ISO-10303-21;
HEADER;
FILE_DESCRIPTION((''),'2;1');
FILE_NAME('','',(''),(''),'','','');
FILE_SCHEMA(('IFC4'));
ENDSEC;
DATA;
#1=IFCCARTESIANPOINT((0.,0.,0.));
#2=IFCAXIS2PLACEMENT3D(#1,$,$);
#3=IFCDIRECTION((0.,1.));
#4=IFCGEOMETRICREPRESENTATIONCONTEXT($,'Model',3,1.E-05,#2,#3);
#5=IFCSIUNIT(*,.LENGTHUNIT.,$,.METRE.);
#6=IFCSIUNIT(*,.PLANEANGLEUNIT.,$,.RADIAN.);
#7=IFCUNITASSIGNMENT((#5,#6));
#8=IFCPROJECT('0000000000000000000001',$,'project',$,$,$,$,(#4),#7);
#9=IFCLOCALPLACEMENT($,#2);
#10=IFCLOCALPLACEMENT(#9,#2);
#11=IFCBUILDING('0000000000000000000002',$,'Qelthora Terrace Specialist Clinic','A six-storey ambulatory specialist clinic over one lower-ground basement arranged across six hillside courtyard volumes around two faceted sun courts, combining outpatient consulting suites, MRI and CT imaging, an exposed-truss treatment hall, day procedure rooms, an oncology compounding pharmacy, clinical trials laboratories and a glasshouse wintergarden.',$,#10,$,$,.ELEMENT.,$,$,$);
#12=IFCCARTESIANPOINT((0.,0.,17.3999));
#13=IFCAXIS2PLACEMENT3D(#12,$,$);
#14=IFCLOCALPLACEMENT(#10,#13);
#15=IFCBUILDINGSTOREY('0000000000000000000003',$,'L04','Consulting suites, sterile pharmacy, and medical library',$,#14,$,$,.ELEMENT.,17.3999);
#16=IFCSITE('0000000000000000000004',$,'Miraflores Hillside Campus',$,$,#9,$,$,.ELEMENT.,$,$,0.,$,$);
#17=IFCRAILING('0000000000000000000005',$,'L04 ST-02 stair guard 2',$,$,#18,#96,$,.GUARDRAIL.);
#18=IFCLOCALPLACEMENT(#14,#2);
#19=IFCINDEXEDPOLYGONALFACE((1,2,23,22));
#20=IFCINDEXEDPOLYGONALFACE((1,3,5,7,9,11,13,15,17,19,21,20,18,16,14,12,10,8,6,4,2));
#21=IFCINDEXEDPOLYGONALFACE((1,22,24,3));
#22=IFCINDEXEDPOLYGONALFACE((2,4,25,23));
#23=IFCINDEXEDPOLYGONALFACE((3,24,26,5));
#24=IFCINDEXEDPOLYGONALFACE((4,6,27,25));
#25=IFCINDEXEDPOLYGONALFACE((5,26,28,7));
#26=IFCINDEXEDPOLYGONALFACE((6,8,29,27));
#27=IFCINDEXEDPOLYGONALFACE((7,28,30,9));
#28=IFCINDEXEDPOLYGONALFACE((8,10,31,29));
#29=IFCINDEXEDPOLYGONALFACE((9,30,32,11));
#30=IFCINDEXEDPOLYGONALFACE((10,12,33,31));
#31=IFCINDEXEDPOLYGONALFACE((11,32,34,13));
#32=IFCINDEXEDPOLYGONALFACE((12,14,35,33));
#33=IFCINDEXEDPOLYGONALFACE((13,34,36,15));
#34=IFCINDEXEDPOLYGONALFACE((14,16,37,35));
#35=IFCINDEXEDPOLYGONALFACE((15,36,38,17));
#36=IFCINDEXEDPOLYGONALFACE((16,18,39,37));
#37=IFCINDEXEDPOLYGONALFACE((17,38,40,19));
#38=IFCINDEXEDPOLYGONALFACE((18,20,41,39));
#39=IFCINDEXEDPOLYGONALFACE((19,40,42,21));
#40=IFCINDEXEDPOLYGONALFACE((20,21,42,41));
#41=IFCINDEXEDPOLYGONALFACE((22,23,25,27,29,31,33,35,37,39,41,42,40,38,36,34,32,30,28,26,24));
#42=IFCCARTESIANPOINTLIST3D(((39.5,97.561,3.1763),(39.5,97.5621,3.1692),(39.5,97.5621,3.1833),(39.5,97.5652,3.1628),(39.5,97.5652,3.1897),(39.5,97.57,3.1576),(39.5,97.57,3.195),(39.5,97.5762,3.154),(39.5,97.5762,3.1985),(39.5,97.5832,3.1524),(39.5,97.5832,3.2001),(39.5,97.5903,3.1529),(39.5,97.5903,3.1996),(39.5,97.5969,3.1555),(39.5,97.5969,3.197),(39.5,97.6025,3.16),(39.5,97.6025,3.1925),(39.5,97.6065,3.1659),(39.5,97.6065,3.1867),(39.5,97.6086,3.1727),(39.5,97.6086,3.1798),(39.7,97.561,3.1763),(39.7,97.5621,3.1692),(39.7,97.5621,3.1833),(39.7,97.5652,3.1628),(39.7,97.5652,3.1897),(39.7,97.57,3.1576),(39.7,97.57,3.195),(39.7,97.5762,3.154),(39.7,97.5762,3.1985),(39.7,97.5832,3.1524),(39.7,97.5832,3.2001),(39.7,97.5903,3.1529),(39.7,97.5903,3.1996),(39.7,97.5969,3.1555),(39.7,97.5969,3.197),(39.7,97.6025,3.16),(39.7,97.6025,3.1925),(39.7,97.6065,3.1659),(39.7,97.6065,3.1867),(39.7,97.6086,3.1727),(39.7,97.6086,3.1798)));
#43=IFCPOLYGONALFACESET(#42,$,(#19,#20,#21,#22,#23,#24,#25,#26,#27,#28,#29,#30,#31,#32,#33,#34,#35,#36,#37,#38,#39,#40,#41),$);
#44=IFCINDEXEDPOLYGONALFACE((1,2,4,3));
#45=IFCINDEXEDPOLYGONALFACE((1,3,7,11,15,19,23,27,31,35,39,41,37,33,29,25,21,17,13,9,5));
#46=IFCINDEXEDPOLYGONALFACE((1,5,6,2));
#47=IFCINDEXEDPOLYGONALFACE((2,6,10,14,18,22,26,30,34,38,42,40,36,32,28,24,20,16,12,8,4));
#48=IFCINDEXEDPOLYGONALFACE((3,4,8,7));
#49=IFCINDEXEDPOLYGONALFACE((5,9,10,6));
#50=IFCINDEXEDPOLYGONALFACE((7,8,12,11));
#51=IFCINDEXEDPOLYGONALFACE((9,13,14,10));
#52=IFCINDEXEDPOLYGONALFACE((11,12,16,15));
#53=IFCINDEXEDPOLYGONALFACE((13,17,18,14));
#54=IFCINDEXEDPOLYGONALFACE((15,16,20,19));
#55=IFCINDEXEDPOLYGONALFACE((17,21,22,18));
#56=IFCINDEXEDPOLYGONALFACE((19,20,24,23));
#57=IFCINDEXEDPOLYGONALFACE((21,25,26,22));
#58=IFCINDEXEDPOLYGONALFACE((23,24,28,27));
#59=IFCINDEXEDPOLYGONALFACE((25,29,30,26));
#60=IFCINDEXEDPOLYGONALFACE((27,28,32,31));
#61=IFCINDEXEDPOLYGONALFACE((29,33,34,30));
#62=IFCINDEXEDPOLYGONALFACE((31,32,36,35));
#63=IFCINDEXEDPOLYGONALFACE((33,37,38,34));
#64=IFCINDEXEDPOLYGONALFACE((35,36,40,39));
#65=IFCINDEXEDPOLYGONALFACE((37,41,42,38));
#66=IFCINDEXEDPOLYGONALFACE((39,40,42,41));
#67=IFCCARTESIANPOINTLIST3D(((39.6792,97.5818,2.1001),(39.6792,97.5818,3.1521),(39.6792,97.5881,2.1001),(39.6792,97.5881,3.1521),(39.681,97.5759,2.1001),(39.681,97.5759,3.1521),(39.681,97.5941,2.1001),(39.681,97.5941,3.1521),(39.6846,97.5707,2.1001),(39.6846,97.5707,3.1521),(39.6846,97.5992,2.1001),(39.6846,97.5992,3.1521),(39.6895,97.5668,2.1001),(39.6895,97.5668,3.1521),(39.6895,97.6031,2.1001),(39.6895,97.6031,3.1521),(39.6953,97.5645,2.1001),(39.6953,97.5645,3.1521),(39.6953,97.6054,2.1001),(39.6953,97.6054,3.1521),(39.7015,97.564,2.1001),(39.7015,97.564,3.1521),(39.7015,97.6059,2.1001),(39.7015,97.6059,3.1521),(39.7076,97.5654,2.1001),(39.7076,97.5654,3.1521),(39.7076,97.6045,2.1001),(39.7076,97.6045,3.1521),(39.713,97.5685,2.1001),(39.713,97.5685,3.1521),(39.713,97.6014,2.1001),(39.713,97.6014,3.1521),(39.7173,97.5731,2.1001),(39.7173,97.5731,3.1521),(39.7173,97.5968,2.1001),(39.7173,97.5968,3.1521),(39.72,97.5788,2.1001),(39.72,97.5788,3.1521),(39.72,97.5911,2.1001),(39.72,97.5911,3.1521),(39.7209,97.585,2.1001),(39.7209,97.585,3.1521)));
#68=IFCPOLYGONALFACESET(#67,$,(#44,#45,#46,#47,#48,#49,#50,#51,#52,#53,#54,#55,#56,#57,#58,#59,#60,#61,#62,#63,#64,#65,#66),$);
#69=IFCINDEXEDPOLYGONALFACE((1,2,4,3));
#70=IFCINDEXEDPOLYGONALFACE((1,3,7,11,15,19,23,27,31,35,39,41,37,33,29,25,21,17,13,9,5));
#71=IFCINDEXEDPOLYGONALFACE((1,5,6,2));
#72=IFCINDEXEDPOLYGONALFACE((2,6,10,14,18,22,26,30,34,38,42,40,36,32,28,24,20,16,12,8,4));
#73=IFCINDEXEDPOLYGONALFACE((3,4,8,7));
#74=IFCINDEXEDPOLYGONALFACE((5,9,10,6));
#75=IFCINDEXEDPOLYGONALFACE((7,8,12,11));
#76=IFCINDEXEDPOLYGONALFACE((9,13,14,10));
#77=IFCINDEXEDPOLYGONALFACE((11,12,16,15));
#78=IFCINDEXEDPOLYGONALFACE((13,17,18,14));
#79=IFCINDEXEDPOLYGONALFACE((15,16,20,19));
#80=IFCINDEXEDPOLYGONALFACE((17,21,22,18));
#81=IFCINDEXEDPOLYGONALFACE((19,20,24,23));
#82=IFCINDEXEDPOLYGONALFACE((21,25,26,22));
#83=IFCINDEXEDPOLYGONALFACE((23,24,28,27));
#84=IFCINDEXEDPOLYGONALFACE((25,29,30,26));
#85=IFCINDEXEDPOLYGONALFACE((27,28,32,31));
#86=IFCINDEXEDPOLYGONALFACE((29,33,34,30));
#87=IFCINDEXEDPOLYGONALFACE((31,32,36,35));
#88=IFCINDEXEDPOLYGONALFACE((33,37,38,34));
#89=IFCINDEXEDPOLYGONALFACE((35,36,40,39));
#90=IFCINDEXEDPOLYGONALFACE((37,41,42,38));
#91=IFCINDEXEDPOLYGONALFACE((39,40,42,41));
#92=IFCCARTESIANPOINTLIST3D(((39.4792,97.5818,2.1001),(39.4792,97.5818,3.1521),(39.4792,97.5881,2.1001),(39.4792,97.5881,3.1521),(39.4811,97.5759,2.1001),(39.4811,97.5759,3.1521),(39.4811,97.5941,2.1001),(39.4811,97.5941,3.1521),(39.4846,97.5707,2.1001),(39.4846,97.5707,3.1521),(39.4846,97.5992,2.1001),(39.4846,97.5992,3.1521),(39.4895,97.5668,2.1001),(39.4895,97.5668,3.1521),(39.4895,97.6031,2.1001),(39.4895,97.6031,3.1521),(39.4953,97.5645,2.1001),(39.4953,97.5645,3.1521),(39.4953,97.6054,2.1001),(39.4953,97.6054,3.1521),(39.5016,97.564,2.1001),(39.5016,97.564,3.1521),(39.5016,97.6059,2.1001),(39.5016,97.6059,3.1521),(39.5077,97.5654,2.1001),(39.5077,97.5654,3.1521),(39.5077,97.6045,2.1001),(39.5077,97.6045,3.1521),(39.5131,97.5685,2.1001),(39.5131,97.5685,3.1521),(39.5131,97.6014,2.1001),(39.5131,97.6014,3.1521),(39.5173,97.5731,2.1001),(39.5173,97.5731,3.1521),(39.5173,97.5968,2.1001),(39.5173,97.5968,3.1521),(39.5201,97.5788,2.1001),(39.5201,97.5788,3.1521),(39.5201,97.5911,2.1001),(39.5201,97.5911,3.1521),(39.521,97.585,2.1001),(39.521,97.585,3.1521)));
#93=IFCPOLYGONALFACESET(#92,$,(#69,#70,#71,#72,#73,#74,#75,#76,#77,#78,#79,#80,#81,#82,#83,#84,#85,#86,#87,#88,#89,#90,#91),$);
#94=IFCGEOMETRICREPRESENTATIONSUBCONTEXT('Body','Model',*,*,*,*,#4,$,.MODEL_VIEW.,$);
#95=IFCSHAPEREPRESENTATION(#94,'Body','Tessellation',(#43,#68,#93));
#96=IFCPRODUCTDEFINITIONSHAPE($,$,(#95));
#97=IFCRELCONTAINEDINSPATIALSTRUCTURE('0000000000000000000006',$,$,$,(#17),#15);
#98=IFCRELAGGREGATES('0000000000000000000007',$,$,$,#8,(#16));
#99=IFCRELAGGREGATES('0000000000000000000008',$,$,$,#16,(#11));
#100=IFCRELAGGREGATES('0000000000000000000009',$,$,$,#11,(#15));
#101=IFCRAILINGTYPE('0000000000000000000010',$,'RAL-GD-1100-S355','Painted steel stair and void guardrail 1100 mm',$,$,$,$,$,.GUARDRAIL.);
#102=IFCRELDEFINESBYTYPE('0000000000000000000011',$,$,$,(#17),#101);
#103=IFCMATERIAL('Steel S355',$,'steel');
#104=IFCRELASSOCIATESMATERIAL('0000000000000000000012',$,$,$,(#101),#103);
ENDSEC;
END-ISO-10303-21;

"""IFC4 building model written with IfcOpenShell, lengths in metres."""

from ifc_helpers import new_model, si_unit, direction, frame, origin, origin_2d, place, context, subcontext, project, spatial, circle, extrude, material, type_object, element, save


model = new_model("IFC4")

# Units and contexts
model_context = context("Model", 3, precision=1e-05, world=origin(), true_north=direction((0.0, 1.0)))
body_context = subcontext(model_context, "Body", "Model", "MODEL_VIEW")
ifc_project = project(units=[si_unit("LENGTHUNIT", "METRE"), si_unit("PLANEANGLEUNIT", "RADIAN")], contexts=[model_context])

# Site, building, storey
site_placement = place(None, origin())
site = spatial("IfcSite", under=ifc_project, at=site_placement, Name="Miraflores Hillside Campus", CompositionType="ELEMENT", RefElevation=0.0)
building_placement = place(site_placement, origin())
building = spatial("IfcBuilding", under=site, at=building_placement, Name="Qelthora Terrace Specialist Clinic", Description="A six-storey ambulatory specialist clinic over one lower-ground basement arranged across six hillside courtyard volumes around two faceted sun courts, combining outpatient consulting suites, MRI and CT imaging, an exposed-truss treatment hall, day procedure rooms, an oncology compounding pharmacy, clinical trials laboratories and a glasshouse wintergarden.", CompositionType="ELEMENT")
storey_placement = place(building_placement, frame((0.0, 0.0, 17.3999)))
storey = spatial("IfcBuildingStorey", under=building, at=storey_placement, Name="L04", Description="Consulting suites, sterile pharmacy, and medical library", CompositionType="ELEMENT", Elevation=17.3999)

# Shared definitions
ifc_material_1 = material(Name="Steel S355", Category="steel")

# Railing
railing_type = type_object("IfcRailingType", Name="RAL-GD-1100-S355", Description="Painted steel stair and void guardrail 1100 mm", PredefinedType="GUARDRAIL", material=ifc_material_1)
railing_1_placement = place(storey_placement, frame((39.7, 97.585, 2.1001)))
element("IfcRailing", 1, at=railing_1_placement, inside=storey, type_object=railing_type, Name="L04 ST-02 stair guard 2", PredefinedType="GUARDRAIL", context=body_context, shape_type="SweptSolid", body=[
    extrude(circle(Radius=0.0239, at=origin_2d()), frame((0.0, 0.0, 1.0762), z_axis=(-1.0, 0.0, 0.0), x_axis=(0.0, -1.0, 0.0)), (0.0, 0.0, 1.0), 0.2),
    extrude(circle(Radius=0.021, at=origin_2d()), origin(), (0.0, 0.0, 1.0), 1.052),
    extrude(circle(Radius=0.021, at=origin_2d()), frame((-0.2, 0.0, 0.0)), (0.0, 0.0, 1.0), 1.052),
])

save(model, "model.ifc")
